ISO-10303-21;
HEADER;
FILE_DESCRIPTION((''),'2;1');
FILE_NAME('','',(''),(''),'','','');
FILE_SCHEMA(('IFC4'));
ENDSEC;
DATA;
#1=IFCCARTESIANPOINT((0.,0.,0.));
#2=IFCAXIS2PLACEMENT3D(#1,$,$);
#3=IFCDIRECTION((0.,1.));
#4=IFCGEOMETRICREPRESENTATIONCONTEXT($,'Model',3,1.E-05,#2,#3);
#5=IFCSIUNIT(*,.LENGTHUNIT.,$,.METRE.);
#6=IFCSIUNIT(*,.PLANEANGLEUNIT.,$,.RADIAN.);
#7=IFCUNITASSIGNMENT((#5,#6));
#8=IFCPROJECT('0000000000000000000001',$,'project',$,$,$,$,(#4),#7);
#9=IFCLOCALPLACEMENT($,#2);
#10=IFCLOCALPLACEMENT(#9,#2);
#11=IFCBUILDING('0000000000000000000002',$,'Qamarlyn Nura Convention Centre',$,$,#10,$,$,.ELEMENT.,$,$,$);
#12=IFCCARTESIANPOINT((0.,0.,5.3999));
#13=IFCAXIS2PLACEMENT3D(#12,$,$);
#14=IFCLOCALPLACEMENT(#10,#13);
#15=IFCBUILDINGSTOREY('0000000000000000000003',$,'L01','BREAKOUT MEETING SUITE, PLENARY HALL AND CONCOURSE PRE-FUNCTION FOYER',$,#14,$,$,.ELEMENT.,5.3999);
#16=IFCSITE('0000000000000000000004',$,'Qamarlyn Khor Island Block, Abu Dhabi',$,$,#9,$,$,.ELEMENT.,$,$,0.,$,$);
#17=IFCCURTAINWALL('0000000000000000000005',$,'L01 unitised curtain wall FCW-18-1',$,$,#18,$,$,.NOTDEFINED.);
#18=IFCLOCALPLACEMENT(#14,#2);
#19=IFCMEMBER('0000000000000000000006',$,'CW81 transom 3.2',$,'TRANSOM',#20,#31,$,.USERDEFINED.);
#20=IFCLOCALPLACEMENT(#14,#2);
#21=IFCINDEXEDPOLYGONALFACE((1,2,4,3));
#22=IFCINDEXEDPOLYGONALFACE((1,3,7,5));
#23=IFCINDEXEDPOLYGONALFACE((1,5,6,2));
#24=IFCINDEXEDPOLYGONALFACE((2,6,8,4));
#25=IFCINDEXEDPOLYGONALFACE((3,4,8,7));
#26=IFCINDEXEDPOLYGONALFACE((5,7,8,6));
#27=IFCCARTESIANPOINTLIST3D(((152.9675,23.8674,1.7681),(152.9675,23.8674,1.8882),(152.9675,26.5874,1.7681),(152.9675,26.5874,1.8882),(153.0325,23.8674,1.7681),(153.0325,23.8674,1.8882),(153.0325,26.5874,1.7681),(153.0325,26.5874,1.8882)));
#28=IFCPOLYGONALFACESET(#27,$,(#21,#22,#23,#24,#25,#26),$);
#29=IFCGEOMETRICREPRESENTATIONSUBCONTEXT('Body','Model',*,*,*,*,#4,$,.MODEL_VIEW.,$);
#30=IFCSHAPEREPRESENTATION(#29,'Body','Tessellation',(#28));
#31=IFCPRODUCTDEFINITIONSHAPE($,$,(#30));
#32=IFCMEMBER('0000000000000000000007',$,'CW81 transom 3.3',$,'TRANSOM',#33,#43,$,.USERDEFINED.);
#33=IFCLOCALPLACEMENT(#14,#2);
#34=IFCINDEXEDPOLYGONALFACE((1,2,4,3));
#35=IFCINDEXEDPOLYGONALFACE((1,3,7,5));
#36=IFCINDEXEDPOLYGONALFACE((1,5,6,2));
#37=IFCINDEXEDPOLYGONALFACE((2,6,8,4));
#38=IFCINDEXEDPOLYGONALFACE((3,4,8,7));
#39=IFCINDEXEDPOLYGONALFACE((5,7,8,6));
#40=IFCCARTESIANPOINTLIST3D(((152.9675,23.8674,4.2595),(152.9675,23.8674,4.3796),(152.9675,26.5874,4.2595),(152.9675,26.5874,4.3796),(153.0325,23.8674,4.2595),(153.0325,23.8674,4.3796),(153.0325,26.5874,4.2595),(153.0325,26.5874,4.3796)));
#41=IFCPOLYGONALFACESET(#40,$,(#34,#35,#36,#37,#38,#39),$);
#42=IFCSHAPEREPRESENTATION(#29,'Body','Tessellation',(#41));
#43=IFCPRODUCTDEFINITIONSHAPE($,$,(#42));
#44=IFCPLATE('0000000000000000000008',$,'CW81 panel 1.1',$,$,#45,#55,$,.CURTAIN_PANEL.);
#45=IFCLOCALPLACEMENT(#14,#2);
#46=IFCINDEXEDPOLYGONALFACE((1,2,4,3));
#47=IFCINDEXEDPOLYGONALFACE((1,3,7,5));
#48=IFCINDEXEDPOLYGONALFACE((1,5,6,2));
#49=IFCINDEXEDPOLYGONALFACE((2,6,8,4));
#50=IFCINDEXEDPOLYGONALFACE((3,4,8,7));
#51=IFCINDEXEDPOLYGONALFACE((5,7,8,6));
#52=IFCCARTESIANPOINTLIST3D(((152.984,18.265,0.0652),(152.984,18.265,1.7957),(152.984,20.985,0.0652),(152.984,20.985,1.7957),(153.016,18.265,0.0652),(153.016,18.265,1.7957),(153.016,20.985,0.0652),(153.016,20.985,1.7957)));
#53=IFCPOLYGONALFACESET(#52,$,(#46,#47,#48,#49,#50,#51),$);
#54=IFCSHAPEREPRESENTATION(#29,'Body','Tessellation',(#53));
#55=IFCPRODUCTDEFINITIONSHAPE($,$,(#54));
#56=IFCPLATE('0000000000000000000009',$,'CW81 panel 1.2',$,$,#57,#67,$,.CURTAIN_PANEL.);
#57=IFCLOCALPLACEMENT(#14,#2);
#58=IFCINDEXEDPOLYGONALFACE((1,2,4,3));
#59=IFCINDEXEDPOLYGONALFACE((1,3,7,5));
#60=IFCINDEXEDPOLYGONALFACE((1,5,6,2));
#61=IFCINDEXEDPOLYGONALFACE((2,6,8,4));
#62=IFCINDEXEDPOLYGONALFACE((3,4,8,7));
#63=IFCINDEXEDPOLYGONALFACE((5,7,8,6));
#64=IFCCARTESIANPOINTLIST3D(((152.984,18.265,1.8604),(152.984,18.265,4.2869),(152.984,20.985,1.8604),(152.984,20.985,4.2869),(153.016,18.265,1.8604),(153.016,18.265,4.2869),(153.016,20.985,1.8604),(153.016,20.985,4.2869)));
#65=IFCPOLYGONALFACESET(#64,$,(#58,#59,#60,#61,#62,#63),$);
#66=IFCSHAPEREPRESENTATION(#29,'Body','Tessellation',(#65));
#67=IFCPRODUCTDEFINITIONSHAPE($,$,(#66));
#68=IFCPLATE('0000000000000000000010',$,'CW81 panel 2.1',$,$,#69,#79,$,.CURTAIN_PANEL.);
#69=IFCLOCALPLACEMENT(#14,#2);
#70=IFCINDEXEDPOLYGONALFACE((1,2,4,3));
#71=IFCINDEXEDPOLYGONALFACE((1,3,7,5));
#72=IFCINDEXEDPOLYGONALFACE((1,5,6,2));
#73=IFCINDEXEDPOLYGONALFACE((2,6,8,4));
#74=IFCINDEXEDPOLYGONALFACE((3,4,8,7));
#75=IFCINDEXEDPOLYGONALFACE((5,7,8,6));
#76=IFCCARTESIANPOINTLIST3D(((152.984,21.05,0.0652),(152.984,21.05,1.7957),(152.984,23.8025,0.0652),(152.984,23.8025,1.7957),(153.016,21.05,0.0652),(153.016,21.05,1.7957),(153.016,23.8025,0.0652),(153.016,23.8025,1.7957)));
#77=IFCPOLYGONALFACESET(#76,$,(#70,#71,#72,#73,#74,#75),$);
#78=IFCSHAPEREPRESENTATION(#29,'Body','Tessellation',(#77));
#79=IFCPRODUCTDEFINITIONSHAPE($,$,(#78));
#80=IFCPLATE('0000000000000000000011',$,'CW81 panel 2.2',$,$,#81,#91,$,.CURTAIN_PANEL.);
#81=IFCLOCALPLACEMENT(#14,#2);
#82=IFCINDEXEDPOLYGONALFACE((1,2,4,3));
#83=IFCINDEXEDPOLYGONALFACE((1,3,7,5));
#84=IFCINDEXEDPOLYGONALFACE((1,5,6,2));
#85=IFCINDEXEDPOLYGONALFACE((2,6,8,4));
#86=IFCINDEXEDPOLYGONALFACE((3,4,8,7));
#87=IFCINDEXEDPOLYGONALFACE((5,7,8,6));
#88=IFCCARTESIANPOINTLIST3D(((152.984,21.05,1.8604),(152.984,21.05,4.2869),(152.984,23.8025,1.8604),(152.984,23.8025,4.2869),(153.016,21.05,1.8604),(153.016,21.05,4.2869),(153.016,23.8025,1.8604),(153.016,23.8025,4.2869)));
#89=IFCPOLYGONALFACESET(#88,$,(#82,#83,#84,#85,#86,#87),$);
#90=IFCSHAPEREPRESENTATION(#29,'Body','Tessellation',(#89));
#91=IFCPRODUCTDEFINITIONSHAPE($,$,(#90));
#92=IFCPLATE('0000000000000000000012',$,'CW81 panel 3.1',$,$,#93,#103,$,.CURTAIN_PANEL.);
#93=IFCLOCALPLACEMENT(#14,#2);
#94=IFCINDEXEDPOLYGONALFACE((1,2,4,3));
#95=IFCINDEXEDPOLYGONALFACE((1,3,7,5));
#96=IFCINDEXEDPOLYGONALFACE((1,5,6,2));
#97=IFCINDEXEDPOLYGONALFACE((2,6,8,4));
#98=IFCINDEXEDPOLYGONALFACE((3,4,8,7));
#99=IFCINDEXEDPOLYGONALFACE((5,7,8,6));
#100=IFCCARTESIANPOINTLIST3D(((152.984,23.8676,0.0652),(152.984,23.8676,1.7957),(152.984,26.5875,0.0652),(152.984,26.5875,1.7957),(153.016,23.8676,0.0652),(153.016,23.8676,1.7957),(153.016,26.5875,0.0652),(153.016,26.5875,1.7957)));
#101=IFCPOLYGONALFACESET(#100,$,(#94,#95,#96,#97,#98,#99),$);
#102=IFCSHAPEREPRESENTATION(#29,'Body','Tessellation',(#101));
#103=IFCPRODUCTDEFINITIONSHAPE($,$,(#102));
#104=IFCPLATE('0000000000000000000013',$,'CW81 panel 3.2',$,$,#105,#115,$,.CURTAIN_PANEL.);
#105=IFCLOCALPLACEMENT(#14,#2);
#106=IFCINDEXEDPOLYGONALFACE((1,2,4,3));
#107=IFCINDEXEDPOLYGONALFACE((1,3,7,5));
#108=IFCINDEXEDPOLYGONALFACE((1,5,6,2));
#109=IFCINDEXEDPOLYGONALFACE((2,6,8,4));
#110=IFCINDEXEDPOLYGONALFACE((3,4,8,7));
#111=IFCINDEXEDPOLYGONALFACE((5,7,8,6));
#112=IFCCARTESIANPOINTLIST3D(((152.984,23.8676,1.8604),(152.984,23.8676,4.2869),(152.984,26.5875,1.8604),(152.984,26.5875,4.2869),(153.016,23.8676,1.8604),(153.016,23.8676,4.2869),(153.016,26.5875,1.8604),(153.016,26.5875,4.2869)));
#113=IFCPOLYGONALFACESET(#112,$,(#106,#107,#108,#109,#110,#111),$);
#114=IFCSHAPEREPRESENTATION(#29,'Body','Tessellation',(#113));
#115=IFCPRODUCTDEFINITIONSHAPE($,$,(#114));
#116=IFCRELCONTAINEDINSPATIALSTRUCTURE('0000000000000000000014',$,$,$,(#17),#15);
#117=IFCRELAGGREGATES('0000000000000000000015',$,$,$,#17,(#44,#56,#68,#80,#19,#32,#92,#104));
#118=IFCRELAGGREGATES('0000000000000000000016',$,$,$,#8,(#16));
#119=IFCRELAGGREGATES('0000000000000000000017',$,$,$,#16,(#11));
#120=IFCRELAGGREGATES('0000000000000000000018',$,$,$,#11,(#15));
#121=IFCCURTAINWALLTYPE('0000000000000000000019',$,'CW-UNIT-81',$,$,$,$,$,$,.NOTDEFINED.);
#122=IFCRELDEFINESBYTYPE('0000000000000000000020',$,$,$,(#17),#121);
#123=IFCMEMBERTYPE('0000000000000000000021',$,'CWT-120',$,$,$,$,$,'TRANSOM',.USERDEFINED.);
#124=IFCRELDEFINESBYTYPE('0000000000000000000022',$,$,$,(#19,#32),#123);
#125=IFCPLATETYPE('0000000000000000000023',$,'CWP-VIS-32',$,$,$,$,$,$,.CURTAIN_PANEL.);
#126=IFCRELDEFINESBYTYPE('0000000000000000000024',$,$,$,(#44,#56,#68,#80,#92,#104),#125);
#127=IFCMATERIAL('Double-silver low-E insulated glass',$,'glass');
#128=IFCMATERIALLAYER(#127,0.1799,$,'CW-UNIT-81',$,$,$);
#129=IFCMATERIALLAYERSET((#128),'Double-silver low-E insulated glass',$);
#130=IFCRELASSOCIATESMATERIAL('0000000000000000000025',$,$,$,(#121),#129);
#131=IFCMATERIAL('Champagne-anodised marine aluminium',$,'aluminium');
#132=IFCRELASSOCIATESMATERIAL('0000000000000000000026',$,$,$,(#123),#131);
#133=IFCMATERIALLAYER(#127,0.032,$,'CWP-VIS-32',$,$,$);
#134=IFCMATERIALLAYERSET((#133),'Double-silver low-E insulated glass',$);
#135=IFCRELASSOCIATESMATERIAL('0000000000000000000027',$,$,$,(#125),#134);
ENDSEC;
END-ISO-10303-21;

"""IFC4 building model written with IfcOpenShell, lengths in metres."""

from ifc_helpers import new_model, si_unit, direction, frame, origin, origin_2d, place, context, subcontext, project, spatial, rectangle, extrude, material, layer, layer_set, material_profile, profile_set, type_object, element, aggregate, save


model = new_model("IFC4")

# Units and contexts
model_context = context("Model", 3, precision=1e-05, world=origin(), true_north=direction((0.0, 1.0)))
body_context = subcontext(model_context, "Body", "Model", "MODEL_VIEW")
ifc_project = project(units=[si_unit("LENGTHUNIT", "METRE"), si_unit("PLANEANGLEUNIT", "RADIAN")], contexts=[model_context])

# Site, building, storey
site_placement = place(None, origin())
site = spatial("IfcSite", under=ifc_project, at=site_placement, Name="Qamarlyn Khor Island Block, Abu Dhabi", CompositionType="ELEMENT", RefElevation=0.0)
building_placement = place(site_placement, origin())
building = spatial("IfcBuilding", under=site, at=building_placement, Name="Qamarlyn Nura Convention Centre", CompositionType="ELEMENT")
storey_placement = place(building_placement, frame((0.0, 0.0, 5.3999)))
storey = spatial("IfcBuildingStorey", under=building, at=storey_placement, Name="L01", Description="BREAKOUT MEETING SUITE, PLENARY HALL AND CONCOURSE PRE-FUNCTION FOYER", CompositionType="ELEMENT", Elevation=5.3999)

# Curtain wall, members, plates
ifc_material_1 = material(Name="Double-silver low-E insulated glass", Category="glass")
ifc_layer_1 = layer(ifc_material_1, 0.1799, Name="CW-UNIT-81")
ifc_layer_set_1 = layer_set([ifc_layer_1], Name="Double-silver low-E insulated glass")
curtain_wall_type = type_object("IfcCurtainWallType", Name="CW-UNIT-81", PredefinedType="NOTDEFINED", material=ifc_layer_set_1)
curtain_wall_placement = place(storey_placement, origin())
curtain_wall = element("IfcCurtainWall", 1, at=curtain_wall_placement, inside=storey, type_object=curtain_wall_type, Name="L01 unitised curtain wall FCW-18-1", PredefinedType="NOTDEFINED")
ifc_material_2 = material(Name="Champagne-anodised marine aluminium", Category="aluminium")
ifc_material_profile_1 = material_profile(ifc_material_2, rectangle(XDim=0.0649, YDim=0.1201, at=origin_2d()), Name="ALU TRANSOM 65x120")
ifc_profile_set_1 = profile_set([ifc_material_profile_1], Name="Champagne-anodised marine aluminium")
member_type_1 = type_object("IfcMemberType", Name="CWT-120", ElementType="TRANSOM", PredefinedType="USERDEFINED", material=ifc_profile_set_1)
member_1_placement = place(storey_placement, frame((153.0, 23.8674, 1.8281), z_axis=(0.0, 1.0, 0.0), x_axis=(-1.0, 0.0, 0.0)))
member_1 = element("IfcMember", 2, at=member_1_placement, type_object=member_type_1, Name="CW81 transom 3.2", ObjectType="TRANSOM", PredefinedType="USERDEFINED", context=body_context, shape_type="SweptSolid", body=[
    extrude(rectangle(XDim=0.0649, YDim=0.1201, at=origin_2d()), origin(), (0.0, 0.0, 1.0), 2.72),
])
member_2_placement = place(storey_placement, frame((153.0, 23.8674, 4.3196), z_axis=(0.0, 1.0, 0.0), x_axis=(-1.0, 0.0, 0.0)))
member_2 = element("IfcMember", 3, at=member_2_placement, type_object=member_type_1, Name="CW81 transom 3.3", ObjectType="TRANSOM", PredefinedType="USERDEFINED", context=body_context, shape_type="SweptSolid", body=[
    extrude(rectangle(XDim=0.0649, YDim=0.1201, at=origin_2d()), origin(), (0.0, 0.0, 1.0), 2.72),
])
ifc_layer_2 = layer(ifc_material_1, 0.032, Name="CWP-VIS-32")
ifc_layer_set_2 = layer_set([ifc_layer_2], Name="Double-silver low-E insulated glass")
plate_type = type_object("IfcPlateType", Name="CWP-VIS-32", PredefinedType="CURTAIN_PANEL", material=ifc_layer_set_2)
plate_1_placement = place(storey_placement, frame((153.0, 19.625, 0.0652), z_axis=(0.0, 0.0, 1.0), x_axis=(0.0, 1.0, 0.0)))
plate_1 = element("IfcPlate", 4, at=plate_1_placement, type_object=plate_type, Name="CW81 panel 1.1", PredefinedType="CURTAIN_PANEL", context=body_context, shape_type="SweptSolid", body=[
    extrude(rectangle(XDim=2.72, YDim=0.032, at=origin_2d()), origin(), (0.0, 0.0, 1.0), 1.7305),
])
plate_2_placement = place(storey_placement, frame((153.0, 19.625, 1.8604), z_axis=(0.0, 0.0, 1.0), x_axis=(0.0, 1.0, 0.0)))
plate_2 = element("IfcPlate", 5, at=plate_2_placement, type_object=plate_type, Name="CW81 panel 1.2", PredefinedType="CURTAIN_PANEL", context=body_context, shape_type="SweptSolid", body=[
    extrude(rectangle(XDim=2.72, YDim=0.032, at=origin_2d()), origin(), (0.0, 0.0, 1.0), 2.4265),
])
plate_3_placement = place(storey_placement, frame((153.0, 22.4263, 0.0652), z_axis=(0.0, 0.0, 1.0), x_axis=(0.0, 1.0, 0.0)))
plate_3 = element("IfcPlate", 6, at=plate_3_placement, type_object=plate_type, Name="CW81 panel 2.1", PredefinedType="CURTAIN_PANEL", context=body_context, shape_type="SweptSolid", body=[
    extrude(rectangle(XDim=2.7524, YDim=0.032, at=origin_2d()), origin(), (0.0, 0.0, 1.0), 1.7305),
])
plate_4_placement = place(storey_placement, frame((153.0, 22.4263, 1.8604), z_axis=(0.0, 0.0, 1.0), x_axis=(0.0, 1.0, 0.0)))
plate_4 = element("IfcPlate", 7, at=plate_4_placement, type_object=plate_type, Name="CW81 panel 2.2", PredefinedType="CURTAIN_PANEL", context=body_context, shape_type="SweptSolid", body=[
    extrude(rectangle(XDim=2.7524, YDim=0.032, at=origin_2d()), origin(), (0.0, 0.0, 1.0), 2.4265),
])
plate_5_placement = place(storey_placement, frame((153.0, 25.2275, 0.0652), z_axis=(0.0, 0.0, 1.0), x_axis=(0.0, 1.0, 0.0)))
plate_5 = element("IfcPlate", 8, at=plate_5_placement, type_object=plate_type, Name="CW81 panel 3.1", PredefinedType="CURTAIN_PANEL", context=body_context, shape_type="SweptSolid", body=[
    extrude(rectangle(XDim=2.72, YDim=0.032, at=origin_2d()), origin(), (0.0, 0.0, 1.0), 1.7305),
])
plate_6_placement = place(storey_placement, frame((153.0, 25.2275, 1.8604), z_axis=(0.0, 0.0, 1.0), x_axis=(0.0, 1.0, 0.0)))
plate_6 = element("IfcPlate", 9, at=plate_6_placement, type_object=plate_type, Name="CW81 panel 3.2", PredefinedType="CURTAIN_PANEL", context=body_context, shape_type="SweptSolid", body=[
    extrude(rectangle(XDim=2.72, YDim=0.032, at=origin_2d()), origin(), (0.0, 0.0, 1.0), 2.4265),
])
aggregate(curtain_wall, [plate_1, plate_2, plate_3, plate_4, member_1, member_2, plate_5, plate_6])

save(model, "model.ifc")
